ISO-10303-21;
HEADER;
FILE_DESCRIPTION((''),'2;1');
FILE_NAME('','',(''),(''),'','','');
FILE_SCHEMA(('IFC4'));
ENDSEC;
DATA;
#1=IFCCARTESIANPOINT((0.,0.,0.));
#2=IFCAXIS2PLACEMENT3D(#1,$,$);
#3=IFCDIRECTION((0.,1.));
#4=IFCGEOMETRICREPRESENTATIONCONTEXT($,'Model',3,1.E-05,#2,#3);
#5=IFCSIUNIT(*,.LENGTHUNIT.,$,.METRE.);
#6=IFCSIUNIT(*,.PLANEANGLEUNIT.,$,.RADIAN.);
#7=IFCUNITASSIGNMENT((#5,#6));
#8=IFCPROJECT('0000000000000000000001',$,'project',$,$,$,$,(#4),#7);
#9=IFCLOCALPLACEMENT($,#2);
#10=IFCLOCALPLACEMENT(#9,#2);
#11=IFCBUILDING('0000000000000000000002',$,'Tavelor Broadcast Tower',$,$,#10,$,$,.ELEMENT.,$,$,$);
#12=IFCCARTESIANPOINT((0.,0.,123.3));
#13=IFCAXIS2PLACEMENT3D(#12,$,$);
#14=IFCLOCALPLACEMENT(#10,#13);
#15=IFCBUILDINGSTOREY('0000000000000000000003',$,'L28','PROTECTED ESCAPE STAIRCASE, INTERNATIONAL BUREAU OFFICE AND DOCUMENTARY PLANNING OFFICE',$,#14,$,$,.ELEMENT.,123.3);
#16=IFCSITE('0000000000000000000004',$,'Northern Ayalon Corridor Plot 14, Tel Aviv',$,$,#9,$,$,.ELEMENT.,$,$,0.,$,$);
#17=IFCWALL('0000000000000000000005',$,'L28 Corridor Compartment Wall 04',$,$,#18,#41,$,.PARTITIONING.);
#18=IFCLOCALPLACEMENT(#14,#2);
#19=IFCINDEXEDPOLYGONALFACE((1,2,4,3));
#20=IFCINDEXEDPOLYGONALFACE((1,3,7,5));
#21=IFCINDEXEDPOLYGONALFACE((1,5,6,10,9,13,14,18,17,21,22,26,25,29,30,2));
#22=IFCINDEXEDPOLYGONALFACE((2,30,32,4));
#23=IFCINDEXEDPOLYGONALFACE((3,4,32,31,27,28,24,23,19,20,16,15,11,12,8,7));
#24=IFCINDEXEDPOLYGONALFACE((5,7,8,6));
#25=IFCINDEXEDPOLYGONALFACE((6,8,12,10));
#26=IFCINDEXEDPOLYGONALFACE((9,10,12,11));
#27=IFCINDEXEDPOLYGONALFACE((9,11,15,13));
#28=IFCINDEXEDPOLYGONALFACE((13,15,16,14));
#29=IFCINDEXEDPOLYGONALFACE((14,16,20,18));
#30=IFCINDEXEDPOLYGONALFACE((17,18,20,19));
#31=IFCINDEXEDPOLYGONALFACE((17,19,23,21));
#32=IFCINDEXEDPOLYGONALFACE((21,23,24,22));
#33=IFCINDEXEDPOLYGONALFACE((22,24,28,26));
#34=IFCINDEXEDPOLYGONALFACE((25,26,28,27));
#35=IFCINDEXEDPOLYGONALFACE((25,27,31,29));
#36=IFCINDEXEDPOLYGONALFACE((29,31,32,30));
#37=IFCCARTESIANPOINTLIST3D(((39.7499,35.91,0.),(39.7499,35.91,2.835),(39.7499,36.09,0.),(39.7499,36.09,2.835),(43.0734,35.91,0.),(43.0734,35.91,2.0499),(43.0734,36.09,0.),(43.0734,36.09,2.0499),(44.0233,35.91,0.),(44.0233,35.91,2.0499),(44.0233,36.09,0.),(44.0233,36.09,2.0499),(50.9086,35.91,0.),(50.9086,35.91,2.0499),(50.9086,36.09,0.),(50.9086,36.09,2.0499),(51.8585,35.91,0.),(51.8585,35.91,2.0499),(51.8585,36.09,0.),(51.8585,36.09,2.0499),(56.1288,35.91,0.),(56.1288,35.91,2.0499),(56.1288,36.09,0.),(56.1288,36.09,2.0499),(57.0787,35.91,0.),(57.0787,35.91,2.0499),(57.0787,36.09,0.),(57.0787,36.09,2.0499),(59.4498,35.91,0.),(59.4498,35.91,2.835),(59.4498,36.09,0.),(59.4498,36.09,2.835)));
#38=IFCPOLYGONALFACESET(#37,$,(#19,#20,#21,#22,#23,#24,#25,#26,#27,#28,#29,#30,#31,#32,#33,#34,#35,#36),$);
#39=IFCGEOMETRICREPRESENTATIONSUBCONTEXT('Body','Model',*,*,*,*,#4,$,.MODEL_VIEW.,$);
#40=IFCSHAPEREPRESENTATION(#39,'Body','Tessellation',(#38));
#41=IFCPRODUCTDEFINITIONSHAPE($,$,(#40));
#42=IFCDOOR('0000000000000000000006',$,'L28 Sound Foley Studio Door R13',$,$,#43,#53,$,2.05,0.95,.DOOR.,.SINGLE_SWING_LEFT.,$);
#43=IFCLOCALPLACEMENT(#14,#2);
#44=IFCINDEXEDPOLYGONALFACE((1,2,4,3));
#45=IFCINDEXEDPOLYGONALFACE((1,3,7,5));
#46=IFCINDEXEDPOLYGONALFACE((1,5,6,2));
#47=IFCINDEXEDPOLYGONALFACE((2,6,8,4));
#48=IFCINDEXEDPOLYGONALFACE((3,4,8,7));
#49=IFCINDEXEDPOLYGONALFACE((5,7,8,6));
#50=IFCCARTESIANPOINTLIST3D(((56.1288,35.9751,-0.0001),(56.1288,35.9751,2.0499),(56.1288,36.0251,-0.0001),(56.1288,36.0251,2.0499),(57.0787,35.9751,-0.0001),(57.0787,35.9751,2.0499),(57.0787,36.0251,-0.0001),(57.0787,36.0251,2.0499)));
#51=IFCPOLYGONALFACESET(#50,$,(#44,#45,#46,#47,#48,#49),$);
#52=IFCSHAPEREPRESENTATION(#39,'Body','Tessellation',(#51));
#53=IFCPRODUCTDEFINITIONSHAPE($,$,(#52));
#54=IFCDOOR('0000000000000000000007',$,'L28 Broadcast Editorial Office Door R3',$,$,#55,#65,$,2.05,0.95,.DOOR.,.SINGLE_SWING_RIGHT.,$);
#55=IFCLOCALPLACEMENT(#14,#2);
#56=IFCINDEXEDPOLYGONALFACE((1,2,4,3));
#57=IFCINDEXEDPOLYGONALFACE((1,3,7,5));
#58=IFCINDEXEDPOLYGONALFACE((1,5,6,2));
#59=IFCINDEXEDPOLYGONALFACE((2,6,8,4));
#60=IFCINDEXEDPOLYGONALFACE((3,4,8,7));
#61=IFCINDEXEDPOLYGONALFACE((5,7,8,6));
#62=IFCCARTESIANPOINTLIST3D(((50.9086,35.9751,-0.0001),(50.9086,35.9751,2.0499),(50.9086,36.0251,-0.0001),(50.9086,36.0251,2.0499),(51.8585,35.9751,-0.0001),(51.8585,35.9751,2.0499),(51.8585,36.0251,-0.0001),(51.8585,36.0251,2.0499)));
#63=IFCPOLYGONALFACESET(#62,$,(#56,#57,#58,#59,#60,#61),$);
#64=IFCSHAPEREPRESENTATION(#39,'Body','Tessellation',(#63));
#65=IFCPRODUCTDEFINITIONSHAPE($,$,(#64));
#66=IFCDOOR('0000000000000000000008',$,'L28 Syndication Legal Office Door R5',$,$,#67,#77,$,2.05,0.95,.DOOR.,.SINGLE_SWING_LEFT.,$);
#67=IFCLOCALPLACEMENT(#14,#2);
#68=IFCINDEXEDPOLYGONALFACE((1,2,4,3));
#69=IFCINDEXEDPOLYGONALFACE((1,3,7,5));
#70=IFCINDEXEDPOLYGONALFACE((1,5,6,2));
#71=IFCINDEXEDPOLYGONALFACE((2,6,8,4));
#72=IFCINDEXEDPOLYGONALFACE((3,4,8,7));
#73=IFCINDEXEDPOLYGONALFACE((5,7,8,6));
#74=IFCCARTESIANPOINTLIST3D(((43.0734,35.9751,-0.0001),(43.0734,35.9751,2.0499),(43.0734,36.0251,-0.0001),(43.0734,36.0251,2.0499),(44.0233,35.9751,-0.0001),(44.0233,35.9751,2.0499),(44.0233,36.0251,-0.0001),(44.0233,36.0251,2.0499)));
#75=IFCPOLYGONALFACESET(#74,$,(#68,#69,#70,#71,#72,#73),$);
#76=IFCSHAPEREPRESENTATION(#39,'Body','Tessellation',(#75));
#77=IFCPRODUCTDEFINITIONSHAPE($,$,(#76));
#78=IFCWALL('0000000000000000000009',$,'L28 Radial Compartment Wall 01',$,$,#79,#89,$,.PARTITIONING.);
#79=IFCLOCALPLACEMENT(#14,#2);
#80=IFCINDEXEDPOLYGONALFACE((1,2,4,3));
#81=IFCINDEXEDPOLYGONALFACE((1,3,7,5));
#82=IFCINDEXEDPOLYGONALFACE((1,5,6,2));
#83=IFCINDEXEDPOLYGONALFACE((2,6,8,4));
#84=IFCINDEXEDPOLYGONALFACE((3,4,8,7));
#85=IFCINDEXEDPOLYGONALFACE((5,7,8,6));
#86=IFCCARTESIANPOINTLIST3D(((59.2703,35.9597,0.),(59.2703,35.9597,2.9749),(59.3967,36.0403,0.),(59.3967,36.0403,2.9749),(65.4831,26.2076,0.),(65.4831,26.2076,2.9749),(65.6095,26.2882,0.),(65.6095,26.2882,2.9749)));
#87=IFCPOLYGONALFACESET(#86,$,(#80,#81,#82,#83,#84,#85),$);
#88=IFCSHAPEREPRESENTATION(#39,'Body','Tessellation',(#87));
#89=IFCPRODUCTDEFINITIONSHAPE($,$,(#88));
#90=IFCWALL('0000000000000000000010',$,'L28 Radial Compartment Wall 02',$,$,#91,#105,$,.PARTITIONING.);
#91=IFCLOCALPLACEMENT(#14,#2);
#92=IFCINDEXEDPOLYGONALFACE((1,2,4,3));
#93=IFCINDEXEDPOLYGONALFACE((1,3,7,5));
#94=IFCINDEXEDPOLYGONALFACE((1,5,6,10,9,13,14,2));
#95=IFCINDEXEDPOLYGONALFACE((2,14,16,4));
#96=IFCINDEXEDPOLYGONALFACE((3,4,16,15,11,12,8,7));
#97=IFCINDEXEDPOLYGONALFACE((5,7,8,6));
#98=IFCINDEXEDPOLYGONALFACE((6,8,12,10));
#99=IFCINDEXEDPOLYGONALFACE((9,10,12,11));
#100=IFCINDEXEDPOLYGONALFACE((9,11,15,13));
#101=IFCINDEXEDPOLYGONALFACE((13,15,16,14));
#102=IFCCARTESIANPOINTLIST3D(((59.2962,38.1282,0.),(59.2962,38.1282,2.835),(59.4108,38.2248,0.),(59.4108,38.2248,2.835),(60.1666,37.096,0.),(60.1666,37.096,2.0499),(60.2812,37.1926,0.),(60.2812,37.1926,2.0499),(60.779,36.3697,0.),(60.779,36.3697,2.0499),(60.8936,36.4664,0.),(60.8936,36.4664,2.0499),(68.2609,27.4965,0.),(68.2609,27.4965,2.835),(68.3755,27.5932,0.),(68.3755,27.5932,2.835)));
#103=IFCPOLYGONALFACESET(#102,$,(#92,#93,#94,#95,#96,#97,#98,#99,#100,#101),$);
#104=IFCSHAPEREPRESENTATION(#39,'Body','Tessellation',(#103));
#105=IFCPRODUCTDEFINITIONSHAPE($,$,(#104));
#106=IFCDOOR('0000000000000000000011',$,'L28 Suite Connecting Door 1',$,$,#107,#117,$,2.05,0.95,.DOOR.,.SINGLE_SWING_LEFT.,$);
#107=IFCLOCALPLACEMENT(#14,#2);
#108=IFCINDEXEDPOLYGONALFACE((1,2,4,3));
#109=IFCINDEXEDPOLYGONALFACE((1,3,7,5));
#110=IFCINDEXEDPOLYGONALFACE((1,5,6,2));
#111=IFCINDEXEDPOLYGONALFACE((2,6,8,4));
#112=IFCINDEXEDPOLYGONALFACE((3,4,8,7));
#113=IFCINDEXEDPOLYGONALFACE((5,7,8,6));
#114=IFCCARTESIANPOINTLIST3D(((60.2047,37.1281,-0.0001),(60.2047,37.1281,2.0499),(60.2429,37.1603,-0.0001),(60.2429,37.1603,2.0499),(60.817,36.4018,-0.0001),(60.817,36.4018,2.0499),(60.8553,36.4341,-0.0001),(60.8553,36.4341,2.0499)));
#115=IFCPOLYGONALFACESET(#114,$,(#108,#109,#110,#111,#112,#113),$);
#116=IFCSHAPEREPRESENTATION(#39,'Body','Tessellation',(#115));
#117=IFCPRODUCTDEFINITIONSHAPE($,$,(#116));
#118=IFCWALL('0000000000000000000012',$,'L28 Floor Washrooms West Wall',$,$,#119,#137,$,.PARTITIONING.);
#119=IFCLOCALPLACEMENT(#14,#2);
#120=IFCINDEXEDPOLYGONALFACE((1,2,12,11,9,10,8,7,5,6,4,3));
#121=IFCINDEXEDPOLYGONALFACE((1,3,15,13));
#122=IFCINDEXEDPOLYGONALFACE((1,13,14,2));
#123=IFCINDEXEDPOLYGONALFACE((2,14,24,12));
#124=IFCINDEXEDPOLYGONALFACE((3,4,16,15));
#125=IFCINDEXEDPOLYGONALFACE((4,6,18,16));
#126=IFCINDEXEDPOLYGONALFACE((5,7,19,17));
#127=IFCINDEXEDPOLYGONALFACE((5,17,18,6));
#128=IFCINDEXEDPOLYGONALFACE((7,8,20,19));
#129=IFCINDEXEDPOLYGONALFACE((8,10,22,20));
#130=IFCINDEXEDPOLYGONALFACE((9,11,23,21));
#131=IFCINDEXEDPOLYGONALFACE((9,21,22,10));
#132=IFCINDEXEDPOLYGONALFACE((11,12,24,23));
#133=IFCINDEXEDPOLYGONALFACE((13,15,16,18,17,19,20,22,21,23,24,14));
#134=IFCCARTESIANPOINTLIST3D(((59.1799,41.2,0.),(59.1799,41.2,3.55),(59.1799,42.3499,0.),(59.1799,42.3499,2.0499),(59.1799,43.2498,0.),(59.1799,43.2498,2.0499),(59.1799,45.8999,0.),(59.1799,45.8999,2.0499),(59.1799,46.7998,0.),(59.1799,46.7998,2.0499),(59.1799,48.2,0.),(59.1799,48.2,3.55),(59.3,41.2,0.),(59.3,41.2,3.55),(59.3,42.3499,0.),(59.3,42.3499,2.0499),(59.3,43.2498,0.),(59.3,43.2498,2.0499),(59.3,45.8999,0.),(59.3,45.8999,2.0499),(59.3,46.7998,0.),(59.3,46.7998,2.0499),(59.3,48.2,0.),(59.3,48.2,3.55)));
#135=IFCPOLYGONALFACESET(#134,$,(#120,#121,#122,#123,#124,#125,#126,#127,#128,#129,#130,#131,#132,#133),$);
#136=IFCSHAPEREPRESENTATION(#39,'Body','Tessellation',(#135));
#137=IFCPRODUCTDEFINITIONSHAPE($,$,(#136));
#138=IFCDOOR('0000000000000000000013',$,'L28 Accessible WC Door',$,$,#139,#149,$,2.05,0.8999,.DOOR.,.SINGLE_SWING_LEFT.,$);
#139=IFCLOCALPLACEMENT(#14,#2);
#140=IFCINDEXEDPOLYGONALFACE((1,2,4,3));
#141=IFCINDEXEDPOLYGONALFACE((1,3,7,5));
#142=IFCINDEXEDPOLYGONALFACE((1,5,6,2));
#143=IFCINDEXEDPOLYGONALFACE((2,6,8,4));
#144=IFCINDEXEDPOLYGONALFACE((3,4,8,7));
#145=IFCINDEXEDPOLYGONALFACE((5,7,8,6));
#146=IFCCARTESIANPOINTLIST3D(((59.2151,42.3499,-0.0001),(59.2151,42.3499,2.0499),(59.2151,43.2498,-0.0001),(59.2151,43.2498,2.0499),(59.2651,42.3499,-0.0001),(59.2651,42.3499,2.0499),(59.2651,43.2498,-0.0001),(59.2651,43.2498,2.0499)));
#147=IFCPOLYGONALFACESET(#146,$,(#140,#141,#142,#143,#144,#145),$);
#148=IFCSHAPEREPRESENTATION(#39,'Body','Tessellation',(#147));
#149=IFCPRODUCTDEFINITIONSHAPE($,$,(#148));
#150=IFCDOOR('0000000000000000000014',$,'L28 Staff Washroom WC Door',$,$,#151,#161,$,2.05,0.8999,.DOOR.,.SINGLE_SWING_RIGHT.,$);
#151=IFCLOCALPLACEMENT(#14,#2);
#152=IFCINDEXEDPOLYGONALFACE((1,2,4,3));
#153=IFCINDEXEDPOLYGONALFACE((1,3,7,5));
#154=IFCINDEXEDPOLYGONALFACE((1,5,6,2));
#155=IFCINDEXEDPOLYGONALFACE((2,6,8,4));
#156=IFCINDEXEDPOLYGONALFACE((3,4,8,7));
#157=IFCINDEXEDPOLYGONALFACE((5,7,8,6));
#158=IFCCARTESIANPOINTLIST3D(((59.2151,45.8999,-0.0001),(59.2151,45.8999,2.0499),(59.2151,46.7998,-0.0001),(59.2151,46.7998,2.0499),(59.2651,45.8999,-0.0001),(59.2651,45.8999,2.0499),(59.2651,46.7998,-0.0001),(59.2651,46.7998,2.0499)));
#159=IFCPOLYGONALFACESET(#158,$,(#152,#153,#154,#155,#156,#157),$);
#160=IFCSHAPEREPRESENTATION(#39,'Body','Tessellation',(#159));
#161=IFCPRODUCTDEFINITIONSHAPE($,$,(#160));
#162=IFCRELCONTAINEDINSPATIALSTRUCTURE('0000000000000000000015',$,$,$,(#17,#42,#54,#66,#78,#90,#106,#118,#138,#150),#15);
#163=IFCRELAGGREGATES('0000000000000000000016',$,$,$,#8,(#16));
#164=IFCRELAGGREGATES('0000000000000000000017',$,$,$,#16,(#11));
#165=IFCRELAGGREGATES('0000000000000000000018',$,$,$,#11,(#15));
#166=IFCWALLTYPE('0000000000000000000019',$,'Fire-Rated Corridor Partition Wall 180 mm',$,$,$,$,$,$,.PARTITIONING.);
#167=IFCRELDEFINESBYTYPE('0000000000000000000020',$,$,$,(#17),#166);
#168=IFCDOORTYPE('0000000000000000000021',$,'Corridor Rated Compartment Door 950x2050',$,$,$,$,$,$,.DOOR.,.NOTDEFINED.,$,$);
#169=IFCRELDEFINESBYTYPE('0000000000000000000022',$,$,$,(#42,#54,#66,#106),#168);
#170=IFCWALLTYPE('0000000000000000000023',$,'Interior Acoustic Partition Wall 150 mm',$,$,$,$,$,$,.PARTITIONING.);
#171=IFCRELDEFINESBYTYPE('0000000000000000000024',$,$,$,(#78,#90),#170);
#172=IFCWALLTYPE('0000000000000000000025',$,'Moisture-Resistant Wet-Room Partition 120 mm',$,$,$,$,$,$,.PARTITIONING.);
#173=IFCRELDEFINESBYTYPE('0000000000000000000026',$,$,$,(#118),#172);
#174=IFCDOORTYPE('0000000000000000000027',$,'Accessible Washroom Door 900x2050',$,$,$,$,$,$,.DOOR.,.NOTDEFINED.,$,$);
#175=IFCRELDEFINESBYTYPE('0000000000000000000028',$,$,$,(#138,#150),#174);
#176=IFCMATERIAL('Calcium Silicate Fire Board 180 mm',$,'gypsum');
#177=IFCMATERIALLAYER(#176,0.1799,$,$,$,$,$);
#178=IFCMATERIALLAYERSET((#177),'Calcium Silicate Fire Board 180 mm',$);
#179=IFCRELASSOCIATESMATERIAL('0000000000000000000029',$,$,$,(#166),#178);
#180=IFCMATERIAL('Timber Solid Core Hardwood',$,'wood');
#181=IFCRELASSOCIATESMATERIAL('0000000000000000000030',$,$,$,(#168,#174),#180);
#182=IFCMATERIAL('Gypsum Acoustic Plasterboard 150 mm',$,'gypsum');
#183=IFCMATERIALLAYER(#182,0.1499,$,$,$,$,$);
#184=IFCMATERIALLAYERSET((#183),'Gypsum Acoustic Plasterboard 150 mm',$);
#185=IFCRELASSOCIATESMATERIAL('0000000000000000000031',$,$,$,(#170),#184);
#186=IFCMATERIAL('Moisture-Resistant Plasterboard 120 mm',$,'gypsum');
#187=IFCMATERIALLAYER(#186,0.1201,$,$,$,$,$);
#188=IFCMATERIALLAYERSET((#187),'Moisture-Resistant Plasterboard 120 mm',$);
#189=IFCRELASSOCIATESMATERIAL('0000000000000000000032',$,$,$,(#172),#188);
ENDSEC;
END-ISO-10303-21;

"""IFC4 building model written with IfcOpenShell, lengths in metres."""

from ifc_helpers import new_model, si_unit, direction, frame, frame_2d, origin, place, context, subcontext, project, spatial, rectangle, extrude, material, layer, layer_set, type_object, element, fill, save


model = new_model("IFC4")

# Units and contexts
model_context = context("Model", 3, precision=1e-05, world=origin(), true_north=direction((0.0, 1.0)))
body_context = subcontext(model_context, "Body", "Model", "MODEL_VIEW")
ifc_project = project(units=[si_unit("LENGTHUNIT", "METRE"), si_unit("PLANEANGLEUNIT", "RADIAN")], contexts=[model_context])

# Site, building, storey
site_placement = place(None, origin())
site = spatial("IfcSite", under=ifc_project, at=site_placement, Name="Northern Ayalon Corridor Plot 14, Tel Aviv", CompositionType="ELEMENT", RefElevation=0.0)
building_placement = place(site_placement, origin())
building = spatial("IfcBuilding", under=site, at=building_placement, Name="Tavelor Broadcast Tower", CompositionType="ELEMENT")
storey_placement = place(building_placement, frame((0.0, 0.0, 123.3)))
storey = spatial("IfcBuildingStorey", under=building, at=storey_placement, Name="L28", Description="PROTECTED ESCAPE STAIRCASE, INTERNATIONAL BUREAU OFFICE AND DOCUMENTARY PLANNING OFFICE", CompositionType="ELEMENT", Elevation=123.3)

# Shared definitions
ifc_material_1 = material(Name="Calcium Silicate Fire Board 180 mm", Category="gypsum")
ifc_layer_1 = layer(ifc_material_1, 0.1799)
ifc_layer_set_1 = layer_set([ifc_layer_1], Name="Calcium Silicate Fire Board 180 mm")
wall_type_1 = type_object("IfcWallType", Name="Fire-Rated Corridor Partition Wall 180 mm", PredefinedType="PARTITIONING", material=ifc_layer_set_1)
ifc_material_2 = material(Name="Timber Solid Core Hardwood", Category="wood")
door_type_1 = type_object("IfcDoorType", Name="Corridor Rated Compartment Door 950x2050", OperationType="NOTDEFINED", PredefinedType="DOOR", material=ifc_material_2)

# Wall, openings, doors
wall_1_placement = place(storey_placement, frame((59.45, 36.0, 0.0), z_axis=(0.0, 0.0, 1.0), x_axis=(-1.0, 0.0, 0.0)))
wall_1 = element("IfcWall", 1, at=wall_1_placement, inside=storey, type_object=wall_type_1, Name="L28 Corridor Compartment Wall 04", PredefinedType="PARTITIONING", context=body_context, shape_type="SweptSolid", body=[
    extrude(rectangle(XDim=19.7, YDim=0.1799, at=frame_2d((9.8501, 0.0))), origin(), (0.0, 0.0, 1.0), 2.835),
])
opening_1_placement = place(wall_1_placement, frame((2.3711, 0.0, 0.0)))
opening_1 = element("IfcOpeningElement", 2, at=opening_1_placement, cuts=wall_1, PredefinedType="OPENING", context=body_context, shape_type="SweptSolid", body=[
    extrude(rectangle(XDim=0.95, YDim=2.05, at=frame_2d((0.4751, 1.0249))), frame((0.0, 0.1001, 0.0), z_axis=(0.0, -1.0, 0.0), x_axis=(1.0, 0.0, 0.0)), (0.0, 0.0, 1.0), 0.2),
])
opening_2_placement = place(wall_1_placement, frame((7.5913, 0.0, 0.0)))
opening_2 = element("IfcOpeningElement", 3, at=opening_2_placement, cuts=wall_1, PredefinedType="OPENING", context=body_context, shape_type="SweptSolid", body=[
    extrude(rectangle(XDim=0.95, YDim=2.05, at=frame_2d((0.4751, 1.0249))), frame((0.0, 0.1001, 0.0), z_axis=(0.0, -1.0, 0.0), x_axis=(1.0, 0.0, 0.0)), (0.0, 0.0, 1.0), 0.2),
])
opening_3_placement = place(wall_1_placement, frame((15.4265, 0.0, 0.0)))
opening_3 = element("IfcOpeningElement", 4, at=opening_3_placement, cuts=wall_1, PredefinedType="OPENING", context=body_context, shape_type="SweptSolid", body=[
    extrude(rectangle(XDim=0.95, YDim=2.05, at=frame_2d((0.4751, 1.0249))), frame((0.0, 0.1001, 0.0), z_axis=(0.0, -1.0, 0.0), x_axis=(1.0, 0.0, 0.0)), (0.0, 0.0, 1.0), 0.2),
])
door_1_placement = place(opening_1_placement, origin())
door_1 = element("IfcDoor", 5, at=door_1_placement, inside=storey, type_object=door_type_1, Name="L28 Sound Foley Studio Door R13", OperationType="SINGLE_SWING_LEFT", OverallHeight=2.05, OverallWidth=0.95, PredefinedType="DOOR", context=body_context, shape_type="SweptSolid", body=[
    extrude(rectangle(XDim=0.95, YDim=2.05, at=frame_2d((0.4751, 1.0249))), frame((0.0, 0.0249, 0.0), z_axis=(0.0, -1.0, 0.0), x_axis=(1.0, 0.0, 0.0)), (0.0, 0.0, 1.0), 0.05),
])
fill(opening_1, door_1)
door_2_placement = place(opening_2_placement, origin())
door_2 = element("IfcDoor", 6, at=door_2_placement, inside=storey, type_object=door_type_1, Name="L28 Broadcast Editorial Office Door R3", OperationType="SINGLE_SWING_RIGHT", OverallHeight=2.05, OverallWidth=0.95, PredefinedType="DOOR", context=body_context, shape_type="SweptSolid", body=[
    extrude(rectangle(XDim=0.95, YDim=2.05, at=frame_2d((0.4751, 1.0249))), frame((0.0, 0.0249, 0.0), z_axis=(0.0, -1.0, 0.0), x_axis=(1.0, 0.0, 0.0)), (0.0, 0.0, 1.0), 0.05),
])
fill(opening_2, door_2)
door_3_placement = place(opening_3_placement, origin())
door_3 = element("IfcDoor", 7, at=door_3_placement, inside=storey, type_object=door_type_1, Name="L28 Syndication Legal Office Door R5", OperationType="SINGLE_SWING_LEFT", OverallHeight=2.05, OverallWidth=0.95, PredefinedType="DOOR", context=body_context, shape_type="SweptSolid", body=[
    extrude(rectangle(XDim=0.95, YDim=2.05, at=frame_2d((0.4751, 1.0249))), frame((0.0, 0.0249, 0.0), z_axis=(0.0, -1.0, 0.0), x_axis=(1.0, 0.0, 0.0)), (0.0, 0.0, 1.0), 0.05),
])
fill(opening_3, door_3)

# Wall
ifc_material_3 = material(Name="Gypsum Acoustic Plasterboard 150 mm", Category="gypsum")
ifc_layer_2 = layer(ifc_material_3, 0.1499)
ifc_layer_set_2 = layer_set([ifc_layer_2], Name="Gypsum Acoustic Plasterboard 150 mm")
wall_type_2 = type_object("IfcWallType", Name="Interior Acoustic Partition Wall 150 mm", PredefinedType="PARTITIONING", material=ifc_layer_set_2)
wall_2_placement = place(storey_placement, frame((59.3335, 36.0, 0.0), z_axis=(0.0, 0.0, 1.0), x_axis=(0.537303, -0.843389, 0.0)))
element("IfcWall", 8, at=wall_2_placement, inside=storey, type_object=wall_type_2, Name="L28 Radial Compartment Wall 01", PredefinedType="PARTITIONING", context=body_context, shape_type="SweptSolid", body=[
    extrude(rectangle(XDim=11.563, YDim=0.1499, at=frame_2d((5.7815, 0.0))), origin(), (0.0, 0.0, 1.0), 2.9749),
])

# Wall, opening, door
wall_3_placement = place(storey_placement, frame((59.3535, 38.1765, 0.0), z_axis=(0.0, 0.0, 1.0), x_axis=(0.644627, -0.764497, 0.0)))
wall_3 = element("IfcWall", 9, at=wall_3_placement, inside=storey, type_object=wall_type_2, Name="L28 Radial Compartment Wall 02", PredefinedType="PARTITIONING", context=body_context, shape_type="SweptSolid", body=[
    extrude(rectangle(XDim=13.9067, YDim=0.1499, at=frame_2d((6.9534, 0.0))), origin(), (0.0, 0.0, 1.0), 2.835),
])
opening_4_placement = place(wall_3_placement, frame((1.3501, 0.0, 0.0)))
opening_4 = element("IfcOpeningElement", 10, at=opening_4_placement, cuts=wall_3, PredefinedType="OPENING", context=body_context, shape_type="SweptSolid", body=[
    extrude(rectangle(XDim=0.95, YDim=2.05, at=frame_2d((0.4751, 1.0249))), frame((0.0, 0.085, 0.0), z_axis=(0.0, -1.0, 0.0), x_axis=(1.0, 0.0, 0.0)), (0.0, 0.0, 1.0), 0.1699),
])
door_4_placement = place(opening_4_placement, origin())
door_4 = element("IfcDoor", 11, at=door_4_placement, inside=storey, type_object=door_type_1, Name="L28 Suite Connecting Door 1", OperationType="SINGLE_SWING_LEFT", OverallHeight=2.05, OverallWidth=0.95, PredefinedType="DOOR", context=body_context, shape_type="SweptSolid", body=[
    extrude(rectangle(XDim=0.95, YDim=2.05, at=frame_2d((0.4751, 1.0249))), frame((0.0, 0.0249, 0.0), z_axis=(0.0, -1.0, 0.0), x_axis=(1.0, 0.0, 0.0)), (0.0, 0.0, 1.0), 0.05),
])
fill(opening_4, door_4)

# Wall, openings, doors
ifc_material_4 = material(Name="Moisture-Resistant Plasterboard 120 mm", Category="gypsum")
ifc_layer_3 = layer(ifc_material_4, 0.1201)
ifc_layer_set_3 = layer_set([ifc_layer_3], Name="Moisture-Resistant Plasterboard 120 mm")
wall_type_3 = type_object("IfcWallType", Name="Moisture-Resistant Wet-Room Partition 120 mm", PredefinedType="PARTITIONING", material=ifc_layer_set_3)
wall_4_placement = place(storey_placement, frame((59.24, 41.2, 0.0), z_axis=(0.0, 0.0, 1.0), x_axis=(0.0, 1.0, 0.0)))
wall_4 = element("IfcWall", 12, at=wall_4_placement, inside=storey, type_object=wall_type_3, Name="L28 Floor Washrooms West Wall", PredefinedType="PARTITIONING", context=body_context, shape_type="SweptSolid", body=[
    extrude(rectangle(XDim=7.0, YDim=0.1201, at=frame_2d((3.5, 0.0))), origin(), (0.0, 0.0, 1.0), 3.55),
])
opening_5_placement = place(wall_4_placement, frame((1.1499, 0.0, 0.0)))
opening_5 = element("IfcOpeningElement", 13, at=opening_5_placement, cuts=wall_4, PredefinedType="OPENING", context=body_context, shape_type="SweptSolid", body=[
    extrude(rectangle(XDim=0.8999, YDim=2.05, at=frame_2d((0.45, 1.0249))), frame((0.0, 0.0701, 0.0), z_axis=(0.0, -1.0, 0.0), x_axis=(1.0, 0.0, 0.0)), (0.0, 0.0, 1.0), 0.1401),
])
opening_6_placement = place(wall_4_placement, frame((4.7, 0.0, 0.0)))
opening_6 = element("IfcOpeningElement", 14, at=opening_6_placement, cuts=wall_4, PredefinedType="OPENING", context=body_context, shape_type="SweptSolid", body=[
    extrude(rectangle(XDim=0.8999, YDim=2.05, at=frame_2d((0.45, 1.0249))), frame((0.0, 0.0701, 0.0), z_axis=(0.0, -1.0, 0.0), x_axis=(1.0, 0.0, 0.0)), (0.0, 0.0, 1.0), 0.1401),
])
door_type_2 = type_object("IfcDoorType", Name="Accessible Washroom Door 900x2050", OperationType="NOTDEFINED", PredefinedType="DOOR", material=ifc_material_2)
door_5_placement = place(opening_5_placement, origin())
door_5 = element("IfcDoor", 15, at=door_5_placement, inside=storey, type_object=door_type_2, Name="L28 Accessible WC Door", OperationType="SINGLE_SWING_LEFT", OverallHeight=2.05, OverallWidth=0.8999, PredefinedType="DOOR", context=body_context, shape_type="SweptSolid", body=[
    extrude(rectangle(XDim=0.8999, YDim=2.05, at=frame_2d((0.45, 1.0249))), frame((0.0, 0.0249, 0.0), z_axis=(0.0, -1.0, 0.0), x_axis=(1.0, 0.0, 0.0)), (0.0, 0.0, 1.0), 0.05),
])
fill(opening_5, door_5)
door_6_placement = place(opening_6_placement, origin())
door_6 = element("IfcDoor", 16, at=door_6_placement, inside=storey, type_object=door_type_2, Name="L28 Staff Washroom WC Door", OperationType="SINGLE_SWING_RIGHT", OverallHeight=2.05, OverallWidth=0.8999, PredefinedType="DOOR", context=body_context, shape_type="SweptSolid", body=[
    extrude(rectangle(XDim=0.8999, YDim=2.05, at=frame_2d((0.45, 1.0249))), frame((0.0, 0.0249, 0.0), z_axis=(0.0, -1.0, 0.0), x_axis=(1.0, 0.0, 0.0)), (0.0, 0.0, 1.0), 0.05),
])
fill(opening_6, door_6)

save(model, "model.ifc")
